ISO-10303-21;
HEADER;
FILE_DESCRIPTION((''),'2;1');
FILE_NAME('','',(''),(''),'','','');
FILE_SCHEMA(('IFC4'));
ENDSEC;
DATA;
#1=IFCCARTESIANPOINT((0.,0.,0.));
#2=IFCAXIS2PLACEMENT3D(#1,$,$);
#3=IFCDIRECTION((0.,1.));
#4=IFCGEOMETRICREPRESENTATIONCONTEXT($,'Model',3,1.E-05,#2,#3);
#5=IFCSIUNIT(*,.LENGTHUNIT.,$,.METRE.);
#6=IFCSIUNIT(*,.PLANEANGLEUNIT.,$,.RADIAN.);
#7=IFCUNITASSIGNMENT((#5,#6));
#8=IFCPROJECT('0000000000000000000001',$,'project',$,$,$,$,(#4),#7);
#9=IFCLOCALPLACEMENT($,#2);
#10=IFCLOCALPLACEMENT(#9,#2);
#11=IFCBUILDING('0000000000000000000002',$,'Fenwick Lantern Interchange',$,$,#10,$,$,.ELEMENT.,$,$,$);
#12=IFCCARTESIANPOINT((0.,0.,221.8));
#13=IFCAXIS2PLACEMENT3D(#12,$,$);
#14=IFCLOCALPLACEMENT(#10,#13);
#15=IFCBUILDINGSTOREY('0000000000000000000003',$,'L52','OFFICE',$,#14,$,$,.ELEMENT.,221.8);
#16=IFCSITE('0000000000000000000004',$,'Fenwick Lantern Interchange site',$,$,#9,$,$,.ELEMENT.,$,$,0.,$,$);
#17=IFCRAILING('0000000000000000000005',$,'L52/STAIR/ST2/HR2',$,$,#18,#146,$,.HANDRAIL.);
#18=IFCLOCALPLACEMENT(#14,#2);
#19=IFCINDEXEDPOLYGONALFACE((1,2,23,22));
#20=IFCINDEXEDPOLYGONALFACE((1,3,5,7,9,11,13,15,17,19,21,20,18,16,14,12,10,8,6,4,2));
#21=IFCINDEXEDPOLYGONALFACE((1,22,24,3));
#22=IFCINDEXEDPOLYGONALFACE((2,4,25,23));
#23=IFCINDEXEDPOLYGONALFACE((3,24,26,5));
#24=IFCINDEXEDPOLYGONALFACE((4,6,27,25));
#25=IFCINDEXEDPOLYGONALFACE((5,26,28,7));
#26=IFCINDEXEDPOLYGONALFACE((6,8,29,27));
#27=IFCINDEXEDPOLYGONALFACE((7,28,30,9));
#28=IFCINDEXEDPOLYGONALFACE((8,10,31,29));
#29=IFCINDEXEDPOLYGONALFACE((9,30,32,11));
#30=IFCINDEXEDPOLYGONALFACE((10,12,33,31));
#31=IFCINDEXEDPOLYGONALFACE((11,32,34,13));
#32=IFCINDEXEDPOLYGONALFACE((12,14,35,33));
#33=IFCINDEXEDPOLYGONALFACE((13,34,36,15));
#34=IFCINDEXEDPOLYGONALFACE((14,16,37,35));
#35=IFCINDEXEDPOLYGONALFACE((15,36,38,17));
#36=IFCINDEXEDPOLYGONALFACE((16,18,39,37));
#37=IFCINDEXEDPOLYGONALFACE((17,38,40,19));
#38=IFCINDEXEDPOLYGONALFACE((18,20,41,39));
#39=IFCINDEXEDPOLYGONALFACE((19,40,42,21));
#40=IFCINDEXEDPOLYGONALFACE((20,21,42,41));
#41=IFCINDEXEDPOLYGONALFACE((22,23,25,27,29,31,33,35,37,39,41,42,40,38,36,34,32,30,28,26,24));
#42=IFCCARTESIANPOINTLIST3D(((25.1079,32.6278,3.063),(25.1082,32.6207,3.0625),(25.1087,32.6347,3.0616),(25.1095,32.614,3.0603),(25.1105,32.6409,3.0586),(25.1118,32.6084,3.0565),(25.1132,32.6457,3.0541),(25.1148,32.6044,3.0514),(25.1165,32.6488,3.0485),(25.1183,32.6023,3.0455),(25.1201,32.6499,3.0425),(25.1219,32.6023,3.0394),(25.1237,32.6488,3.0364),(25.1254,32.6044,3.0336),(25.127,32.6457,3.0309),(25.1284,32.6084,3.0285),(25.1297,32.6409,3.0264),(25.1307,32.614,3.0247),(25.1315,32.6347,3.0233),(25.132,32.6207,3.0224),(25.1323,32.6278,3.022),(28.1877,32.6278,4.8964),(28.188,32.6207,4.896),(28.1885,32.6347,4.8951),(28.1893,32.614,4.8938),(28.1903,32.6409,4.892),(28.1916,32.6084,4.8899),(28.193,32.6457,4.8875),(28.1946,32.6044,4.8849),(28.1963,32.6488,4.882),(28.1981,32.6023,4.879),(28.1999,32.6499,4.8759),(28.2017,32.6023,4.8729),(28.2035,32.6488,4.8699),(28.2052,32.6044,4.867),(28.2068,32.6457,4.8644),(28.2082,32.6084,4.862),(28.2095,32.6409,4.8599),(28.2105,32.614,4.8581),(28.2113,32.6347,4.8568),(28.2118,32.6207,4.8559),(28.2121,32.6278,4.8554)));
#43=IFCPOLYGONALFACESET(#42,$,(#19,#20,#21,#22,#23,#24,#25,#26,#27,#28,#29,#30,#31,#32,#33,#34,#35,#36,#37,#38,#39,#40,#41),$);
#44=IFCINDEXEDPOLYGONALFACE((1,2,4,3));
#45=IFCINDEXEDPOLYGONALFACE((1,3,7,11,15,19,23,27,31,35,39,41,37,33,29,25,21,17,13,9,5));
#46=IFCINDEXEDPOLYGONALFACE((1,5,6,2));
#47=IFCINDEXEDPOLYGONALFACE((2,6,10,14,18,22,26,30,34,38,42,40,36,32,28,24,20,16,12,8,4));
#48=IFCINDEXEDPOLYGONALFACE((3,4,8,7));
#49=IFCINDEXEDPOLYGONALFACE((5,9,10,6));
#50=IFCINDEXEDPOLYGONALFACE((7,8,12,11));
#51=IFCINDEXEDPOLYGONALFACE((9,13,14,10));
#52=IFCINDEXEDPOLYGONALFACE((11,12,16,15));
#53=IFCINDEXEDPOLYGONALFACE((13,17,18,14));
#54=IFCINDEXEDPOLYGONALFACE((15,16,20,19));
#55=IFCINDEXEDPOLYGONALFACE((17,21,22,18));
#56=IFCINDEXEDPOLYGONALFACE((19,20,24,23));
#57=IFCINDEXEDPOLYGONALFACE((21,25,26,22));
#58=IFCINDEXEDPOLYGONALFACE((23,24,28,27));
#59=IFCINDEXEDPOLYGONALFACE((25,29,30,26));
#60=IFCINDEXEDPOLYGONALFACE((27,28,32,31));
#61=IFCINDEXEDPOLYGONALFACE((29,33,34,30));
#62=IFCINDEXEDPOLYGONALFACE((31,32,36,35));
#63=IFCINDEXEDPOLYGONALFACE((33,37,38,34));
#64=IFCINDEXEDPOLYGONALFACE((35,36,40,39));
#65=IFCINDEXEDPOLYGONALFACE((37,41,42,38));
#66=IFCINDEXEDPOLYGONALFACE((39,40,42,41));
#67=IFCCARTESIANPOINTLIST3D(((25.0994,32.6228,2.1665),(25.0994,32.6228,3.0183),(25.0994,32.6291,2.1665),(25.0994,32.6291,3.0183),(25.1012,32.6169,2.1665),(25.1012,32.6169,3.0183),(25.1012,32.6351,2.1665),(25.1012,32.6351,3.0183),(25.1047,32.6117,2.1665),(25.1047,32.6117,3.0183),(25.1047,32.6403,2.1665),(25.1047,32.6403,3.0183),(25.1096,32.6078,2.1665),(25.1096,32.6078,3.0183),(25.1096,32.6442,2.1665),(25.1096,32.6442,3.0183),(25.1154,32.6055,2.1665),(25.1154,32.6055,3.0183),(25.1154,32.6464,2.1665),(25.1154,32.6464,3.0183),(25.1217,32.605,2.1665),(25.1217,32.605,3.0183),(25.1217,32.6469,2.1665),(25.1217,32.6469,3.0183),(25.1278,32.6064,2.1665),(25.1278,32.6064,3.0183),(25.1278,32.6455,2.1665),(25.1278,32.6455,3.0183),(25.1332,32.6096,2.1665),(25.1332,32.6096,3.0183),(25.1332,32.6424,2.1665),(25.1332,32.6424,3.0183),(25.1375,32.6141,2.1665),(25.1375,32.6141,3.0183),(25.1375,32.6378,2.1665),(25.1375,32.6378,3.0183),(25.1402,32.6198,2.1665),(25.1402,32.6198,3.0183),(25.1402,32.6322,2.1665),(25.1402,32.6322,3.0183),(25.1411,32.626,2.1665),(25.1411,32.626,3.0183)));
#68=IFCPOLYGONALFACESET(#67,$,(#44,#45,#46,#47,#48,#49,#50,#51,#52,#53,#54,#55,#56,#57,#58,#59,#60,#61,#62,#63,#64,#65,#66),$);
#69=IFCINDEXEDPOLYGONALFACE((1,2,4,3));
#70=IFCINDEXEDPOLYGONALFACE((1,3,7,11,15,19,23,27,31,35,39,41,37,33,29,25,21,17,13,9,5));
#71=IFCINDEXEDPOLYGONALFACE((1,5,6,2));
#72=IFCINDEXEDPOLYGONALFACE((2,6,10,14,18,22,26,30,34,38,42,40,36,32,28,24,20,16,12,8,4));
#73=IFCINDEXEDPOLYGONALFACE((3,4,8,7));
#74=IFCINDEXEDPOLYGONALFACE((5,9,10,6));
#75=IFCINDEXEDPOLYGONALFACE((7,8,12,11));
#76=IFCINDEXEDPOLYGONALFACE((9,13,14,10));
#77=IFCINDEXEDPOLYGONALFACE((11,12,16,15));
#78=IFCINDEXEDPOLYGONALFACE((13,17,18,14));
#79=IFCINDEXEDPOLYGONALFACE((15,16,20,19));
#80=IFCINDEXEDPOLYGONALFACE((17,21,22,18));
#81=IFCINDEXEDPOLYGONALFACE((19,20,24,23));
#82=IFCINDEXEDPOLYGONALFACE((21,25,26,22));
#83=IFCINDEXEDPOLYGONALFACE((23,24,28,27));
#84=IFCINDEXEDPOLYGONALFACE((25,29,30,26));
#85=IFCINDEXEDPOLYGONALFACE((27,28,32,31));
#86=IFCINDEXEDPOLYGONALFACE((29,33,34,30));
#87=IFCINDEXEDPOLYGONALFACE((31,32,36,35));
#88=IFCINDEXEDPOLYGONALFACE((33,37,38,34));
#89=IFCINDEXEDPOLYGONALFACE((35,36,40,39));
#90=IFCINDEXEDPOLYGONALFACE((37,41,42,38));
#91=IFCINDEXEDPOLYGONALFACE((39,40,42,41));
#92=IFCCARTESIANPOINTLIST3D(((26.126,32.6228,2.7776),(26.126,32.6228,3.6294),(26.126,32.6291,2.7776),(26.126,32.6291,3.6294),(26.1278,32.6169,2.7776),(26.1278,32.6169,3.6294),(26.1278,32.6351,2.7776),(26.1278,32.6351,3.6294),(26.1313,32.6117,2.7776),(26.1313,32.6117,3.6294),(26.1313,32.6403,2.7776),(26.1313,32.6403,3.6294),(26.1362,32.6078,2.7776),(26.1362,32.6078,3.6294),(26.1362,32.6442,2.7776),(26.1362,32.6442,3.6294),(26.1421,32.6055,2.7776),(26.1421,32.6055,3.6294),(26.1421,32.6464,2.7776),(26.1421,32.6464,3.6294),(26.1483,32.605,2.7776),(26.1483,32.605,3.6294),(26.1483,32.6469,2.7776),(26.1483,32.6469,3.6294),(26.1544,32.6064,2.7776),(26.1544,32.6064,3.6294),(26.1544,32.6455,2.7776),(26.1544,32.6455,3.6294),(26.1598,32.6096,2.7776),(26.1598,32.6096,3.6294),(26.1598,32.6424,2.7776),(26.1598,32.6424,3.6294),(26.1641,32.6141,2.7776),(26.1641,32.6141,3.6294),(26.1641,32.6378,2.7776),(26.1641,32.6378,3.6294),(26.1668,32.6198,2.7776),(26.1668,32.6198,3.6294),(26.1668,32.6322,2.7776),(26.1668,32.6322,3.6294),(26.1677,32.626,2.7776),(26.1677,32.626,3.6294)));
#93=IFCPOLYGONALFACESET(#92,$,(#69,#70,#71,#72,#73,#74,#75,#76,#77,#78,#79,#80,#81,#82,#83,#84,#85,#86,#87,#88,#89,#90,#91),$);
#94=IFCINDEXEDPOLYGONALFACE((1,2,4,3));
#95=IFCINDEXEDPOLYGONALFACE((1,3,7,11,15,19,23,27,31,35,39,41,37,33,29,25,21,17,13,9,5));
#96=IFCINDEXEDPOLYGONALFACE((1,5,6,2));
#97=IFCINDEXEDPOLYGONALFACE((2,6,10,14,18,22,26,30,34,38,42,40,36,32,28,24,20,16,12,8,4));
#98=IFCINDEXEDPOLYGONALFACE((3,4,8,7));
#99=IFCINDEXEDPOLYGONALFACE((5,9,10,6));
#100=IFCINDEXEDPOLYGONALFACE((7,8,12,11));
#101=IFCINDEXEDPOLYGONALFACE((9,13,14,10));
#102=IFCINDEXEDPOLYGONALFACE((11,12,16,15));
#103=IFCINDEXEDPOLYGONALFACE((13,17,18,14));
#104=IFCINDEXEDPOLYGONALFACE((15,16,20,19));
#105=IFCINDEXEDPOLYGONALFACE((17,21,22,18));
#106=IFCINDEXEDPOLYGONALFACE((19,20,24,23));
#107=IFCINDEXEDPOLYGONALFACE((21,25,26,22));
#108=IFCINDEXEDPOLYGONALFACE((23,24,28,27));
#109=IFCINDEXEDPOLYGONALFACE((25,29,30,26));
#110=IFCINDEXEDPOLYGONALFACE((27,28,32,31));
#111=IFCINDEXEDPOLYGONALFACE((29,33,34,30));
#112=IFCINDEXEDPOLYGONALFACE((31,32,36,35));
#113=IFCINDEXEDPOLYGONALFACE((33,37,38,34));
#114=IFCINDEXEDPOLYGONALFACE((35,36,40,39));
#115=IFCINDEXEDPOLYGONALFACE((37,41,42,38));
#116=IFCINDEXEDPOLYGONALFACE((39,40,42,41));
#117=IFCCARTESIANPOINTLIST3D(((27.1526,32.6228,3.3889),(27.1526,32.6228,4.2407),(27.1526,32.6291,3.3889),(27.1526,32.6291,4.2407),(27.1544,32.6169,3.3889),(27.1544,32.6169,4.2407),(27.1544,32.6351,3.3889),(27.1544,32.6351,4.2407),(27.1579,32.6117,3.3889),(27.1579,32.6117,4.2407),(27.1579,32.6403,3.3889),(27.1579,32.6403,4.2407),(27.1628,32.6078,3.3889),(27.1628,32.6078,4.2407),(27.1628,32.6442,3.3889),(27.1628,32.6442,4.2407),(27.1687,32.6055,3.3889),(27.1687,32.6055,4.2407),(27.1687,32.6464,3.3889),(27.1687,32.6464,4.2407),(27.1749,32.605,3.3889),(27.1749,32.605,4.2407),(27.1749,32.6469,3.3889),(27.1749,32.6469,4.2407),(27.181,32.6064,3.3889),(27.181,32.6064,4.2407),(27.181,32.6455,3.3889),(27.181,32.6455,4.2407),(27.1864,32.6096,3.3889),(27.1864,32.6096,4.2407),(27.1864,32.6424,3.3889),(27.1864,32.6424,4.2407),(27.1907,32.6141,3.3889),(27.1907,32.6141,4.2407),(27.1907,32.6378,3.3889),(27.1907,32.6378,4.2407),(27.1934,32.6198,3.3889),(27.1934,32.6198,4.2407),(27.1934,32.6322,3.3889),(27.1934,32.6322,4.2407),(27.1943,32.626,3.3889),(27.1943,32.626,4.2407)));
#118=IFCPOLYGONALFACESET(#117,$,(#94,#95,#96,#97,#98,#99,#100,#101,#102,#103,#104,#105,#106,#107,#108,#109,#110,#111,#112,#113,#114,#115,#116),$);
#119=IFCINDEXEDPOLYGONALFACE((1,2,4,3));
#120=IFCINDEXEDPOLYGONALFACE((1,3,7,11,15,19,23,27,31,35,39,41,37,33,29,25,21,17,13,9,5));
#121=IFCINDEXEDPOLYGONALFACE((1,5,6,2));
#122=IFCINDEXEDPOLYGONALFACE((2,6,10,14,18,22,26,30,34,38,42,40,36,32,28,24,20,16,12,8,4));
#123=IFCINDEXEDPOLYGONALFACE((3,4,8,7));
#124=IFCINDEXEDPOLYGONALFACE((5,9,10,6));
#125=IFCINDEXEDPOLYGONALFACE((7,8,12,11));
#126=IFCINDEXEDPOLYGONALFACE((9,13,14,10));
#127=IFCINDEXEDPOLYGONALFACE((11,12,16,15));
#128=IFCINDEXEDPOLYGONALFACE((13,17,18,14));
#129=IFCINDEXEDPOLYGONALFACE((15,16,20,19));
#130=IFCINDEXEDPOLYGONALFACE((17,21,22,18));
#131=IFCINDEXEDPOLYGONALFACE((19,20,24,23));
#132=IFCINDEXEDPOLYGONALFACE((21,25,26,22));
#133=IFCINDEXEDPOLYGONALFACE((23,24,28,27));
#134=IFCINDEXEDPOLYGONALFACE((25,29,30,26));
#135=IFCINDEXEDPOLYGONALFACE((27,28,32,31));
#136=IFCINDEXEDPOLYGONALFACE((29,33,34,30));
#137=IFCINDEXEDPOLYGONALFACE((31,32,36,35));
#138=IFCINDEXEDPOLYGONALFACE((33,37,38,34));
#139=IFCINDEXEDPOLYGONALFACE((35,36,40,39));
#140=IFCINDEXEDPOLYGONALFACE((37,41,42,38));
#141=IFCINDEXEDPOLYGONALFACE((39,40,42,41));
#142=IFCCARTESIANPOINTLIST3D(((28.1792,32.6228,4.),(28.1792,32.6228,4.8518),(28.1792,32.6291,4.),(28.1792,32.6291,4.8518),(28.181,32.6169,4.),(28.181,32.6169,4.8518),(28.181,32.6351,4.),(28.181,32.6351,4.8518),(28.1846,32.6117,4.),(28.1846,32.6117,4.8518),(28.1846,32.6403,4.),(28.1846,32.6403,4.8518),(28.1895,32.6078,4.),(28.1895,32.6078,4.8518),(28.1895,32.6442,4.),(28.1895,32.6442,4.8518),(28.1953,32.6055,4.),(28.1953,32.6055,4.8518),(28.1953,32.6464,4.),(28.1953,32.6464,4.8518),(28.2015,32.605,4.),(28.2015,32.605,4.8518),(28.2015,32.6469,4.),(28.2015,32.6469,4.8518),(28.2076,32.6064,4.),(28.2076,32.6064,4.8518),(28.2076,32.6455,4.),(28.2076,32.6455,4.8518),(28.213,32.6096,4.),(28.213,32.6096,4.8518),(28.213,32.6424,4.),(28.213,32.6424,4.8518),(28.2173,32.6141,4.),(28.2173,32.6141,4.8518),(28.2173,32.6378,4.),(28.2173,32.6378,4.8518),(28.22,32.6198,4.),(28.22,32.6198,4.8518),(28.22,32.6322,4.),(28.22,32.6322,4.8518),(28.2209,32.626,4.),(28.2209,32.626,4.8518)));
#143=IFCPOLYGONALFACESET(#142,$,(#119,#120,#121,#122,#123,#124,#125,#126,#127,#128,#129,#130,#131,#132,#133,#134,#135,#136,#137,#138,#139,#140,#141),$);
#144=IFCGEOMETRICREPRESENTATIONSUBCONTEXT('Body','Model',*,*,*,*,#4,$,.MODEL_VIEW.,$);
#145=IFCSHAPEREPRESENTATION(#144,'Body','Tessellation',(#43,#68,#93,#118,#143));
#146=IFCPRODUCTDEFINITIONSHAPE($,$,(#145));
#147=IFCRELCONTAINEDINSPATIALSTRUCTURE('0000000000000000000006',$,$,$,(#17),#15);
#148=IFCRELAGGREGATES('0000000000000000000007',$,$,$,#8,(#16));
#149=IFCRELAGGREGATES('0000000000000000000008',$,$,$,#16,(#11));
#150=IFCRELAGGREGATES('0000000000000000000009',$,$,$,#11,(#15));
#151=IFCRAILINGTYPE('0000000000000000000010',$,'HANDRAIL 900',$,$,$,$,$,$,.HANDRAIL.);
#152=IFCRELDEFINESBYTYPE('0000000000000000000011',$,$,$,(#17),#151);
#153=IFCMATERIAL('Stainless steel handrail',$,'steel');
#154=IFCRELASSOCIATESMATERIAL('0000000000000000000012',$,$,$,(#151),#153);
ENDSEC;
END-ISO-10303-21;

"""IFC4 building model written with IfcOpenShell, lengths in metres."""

from ifc_helpers import new_model, si_unit, direction, frame, origin, origin_2d, place, context, subcontext, project, spatial, circle, extrude, material, type_object, element, save


model = new_model("IFC4")

# Units and contexts
model_context = context("Model", 3, precision=1e-05, world=origin(), true_north=direction((0.0, 1.0)))
body_context = subcontext(model_context, "Body", "Model", "MODEL_VIEW")
ifc_project = project(units=[si_unit("LENGTHUNIT", "METRE"), si_unit("PLANEANGLEUNIT", "RADIAN")], contexts=[model_context])

# Site, building, storey
site_placement = place(None, origin())
site = spatial("IfcSite", under=ifc_project, at=site_placement, Name="Fenwick Lantern Interchange site", CompositionType="ELEMENT", RefElevation=0.0)
building_placement = place(site_placement, origin())
building = spatial("IfcBuilding", under=site, at=building_placement, Name="Fenwick Lantern Interchange", CompositionType="ELEMENT")
storey_placement = place(building_placement, frame((0.0, 0.0, 221.8)))
storey = spatial("IfcBuildingStorey", under=building, at=storey_placement, Name="L52", Description="OFFICE", CompositionType="ELEMENT", Elevation=221.8)

# Railing
ifc_material_1 = material(Name="Stainless steel handrail", Category="steel")
railing_type = type_object("IfcRailingType", Name="HANDRAIL 900", PredefinedType="HANDRAIL", material=ifc_material_1)
railing_1_placement = place(storey_placement, frame((25.1201, 32.626, 2.1665)))
element("IfcRailing", 1, at=railing_1_placement, inside=storey, type_object=railing_type, Name="L52/STAIR/ST2/HR2", PredefinedType="HANDRAIL", context=body_context, shape_type="SweptSolid", body=[
    extrude(circle(Radius=0.0239, at=origin_2d()), frame((0.0, 0.0, 0.876), z_axis=(0.859261, 0.0, 0.511538), x_axis=(0.0, 1.0, 0.0)), (0.0, 0.0, 1.0), 3.5842),
    extrude(circle(Radius=0.021, at=origin_2d()), origin(), (0.0, 0.0, 1.0), 0.8518),
    extrude(circle(Radius=0.021, at=origin_2d()), frame((1.0266, 0.0, 0.6111)), (0.0, 0.0, 1.0), 0.8518),
    extrude(circle(Radius=0.021, at=origin_2d()), frame((2.0532, 0.0, 1.2224)), (0.0, 0.0, 1.0), 0.8518),
    extrude(circle(Radius=0.021, at=origin_2d()), frame((3.0798, 0.0, 1.8335)), (0.0, 0.0, 1.0), 0.8518),
])

save(model, "model.ifc")
